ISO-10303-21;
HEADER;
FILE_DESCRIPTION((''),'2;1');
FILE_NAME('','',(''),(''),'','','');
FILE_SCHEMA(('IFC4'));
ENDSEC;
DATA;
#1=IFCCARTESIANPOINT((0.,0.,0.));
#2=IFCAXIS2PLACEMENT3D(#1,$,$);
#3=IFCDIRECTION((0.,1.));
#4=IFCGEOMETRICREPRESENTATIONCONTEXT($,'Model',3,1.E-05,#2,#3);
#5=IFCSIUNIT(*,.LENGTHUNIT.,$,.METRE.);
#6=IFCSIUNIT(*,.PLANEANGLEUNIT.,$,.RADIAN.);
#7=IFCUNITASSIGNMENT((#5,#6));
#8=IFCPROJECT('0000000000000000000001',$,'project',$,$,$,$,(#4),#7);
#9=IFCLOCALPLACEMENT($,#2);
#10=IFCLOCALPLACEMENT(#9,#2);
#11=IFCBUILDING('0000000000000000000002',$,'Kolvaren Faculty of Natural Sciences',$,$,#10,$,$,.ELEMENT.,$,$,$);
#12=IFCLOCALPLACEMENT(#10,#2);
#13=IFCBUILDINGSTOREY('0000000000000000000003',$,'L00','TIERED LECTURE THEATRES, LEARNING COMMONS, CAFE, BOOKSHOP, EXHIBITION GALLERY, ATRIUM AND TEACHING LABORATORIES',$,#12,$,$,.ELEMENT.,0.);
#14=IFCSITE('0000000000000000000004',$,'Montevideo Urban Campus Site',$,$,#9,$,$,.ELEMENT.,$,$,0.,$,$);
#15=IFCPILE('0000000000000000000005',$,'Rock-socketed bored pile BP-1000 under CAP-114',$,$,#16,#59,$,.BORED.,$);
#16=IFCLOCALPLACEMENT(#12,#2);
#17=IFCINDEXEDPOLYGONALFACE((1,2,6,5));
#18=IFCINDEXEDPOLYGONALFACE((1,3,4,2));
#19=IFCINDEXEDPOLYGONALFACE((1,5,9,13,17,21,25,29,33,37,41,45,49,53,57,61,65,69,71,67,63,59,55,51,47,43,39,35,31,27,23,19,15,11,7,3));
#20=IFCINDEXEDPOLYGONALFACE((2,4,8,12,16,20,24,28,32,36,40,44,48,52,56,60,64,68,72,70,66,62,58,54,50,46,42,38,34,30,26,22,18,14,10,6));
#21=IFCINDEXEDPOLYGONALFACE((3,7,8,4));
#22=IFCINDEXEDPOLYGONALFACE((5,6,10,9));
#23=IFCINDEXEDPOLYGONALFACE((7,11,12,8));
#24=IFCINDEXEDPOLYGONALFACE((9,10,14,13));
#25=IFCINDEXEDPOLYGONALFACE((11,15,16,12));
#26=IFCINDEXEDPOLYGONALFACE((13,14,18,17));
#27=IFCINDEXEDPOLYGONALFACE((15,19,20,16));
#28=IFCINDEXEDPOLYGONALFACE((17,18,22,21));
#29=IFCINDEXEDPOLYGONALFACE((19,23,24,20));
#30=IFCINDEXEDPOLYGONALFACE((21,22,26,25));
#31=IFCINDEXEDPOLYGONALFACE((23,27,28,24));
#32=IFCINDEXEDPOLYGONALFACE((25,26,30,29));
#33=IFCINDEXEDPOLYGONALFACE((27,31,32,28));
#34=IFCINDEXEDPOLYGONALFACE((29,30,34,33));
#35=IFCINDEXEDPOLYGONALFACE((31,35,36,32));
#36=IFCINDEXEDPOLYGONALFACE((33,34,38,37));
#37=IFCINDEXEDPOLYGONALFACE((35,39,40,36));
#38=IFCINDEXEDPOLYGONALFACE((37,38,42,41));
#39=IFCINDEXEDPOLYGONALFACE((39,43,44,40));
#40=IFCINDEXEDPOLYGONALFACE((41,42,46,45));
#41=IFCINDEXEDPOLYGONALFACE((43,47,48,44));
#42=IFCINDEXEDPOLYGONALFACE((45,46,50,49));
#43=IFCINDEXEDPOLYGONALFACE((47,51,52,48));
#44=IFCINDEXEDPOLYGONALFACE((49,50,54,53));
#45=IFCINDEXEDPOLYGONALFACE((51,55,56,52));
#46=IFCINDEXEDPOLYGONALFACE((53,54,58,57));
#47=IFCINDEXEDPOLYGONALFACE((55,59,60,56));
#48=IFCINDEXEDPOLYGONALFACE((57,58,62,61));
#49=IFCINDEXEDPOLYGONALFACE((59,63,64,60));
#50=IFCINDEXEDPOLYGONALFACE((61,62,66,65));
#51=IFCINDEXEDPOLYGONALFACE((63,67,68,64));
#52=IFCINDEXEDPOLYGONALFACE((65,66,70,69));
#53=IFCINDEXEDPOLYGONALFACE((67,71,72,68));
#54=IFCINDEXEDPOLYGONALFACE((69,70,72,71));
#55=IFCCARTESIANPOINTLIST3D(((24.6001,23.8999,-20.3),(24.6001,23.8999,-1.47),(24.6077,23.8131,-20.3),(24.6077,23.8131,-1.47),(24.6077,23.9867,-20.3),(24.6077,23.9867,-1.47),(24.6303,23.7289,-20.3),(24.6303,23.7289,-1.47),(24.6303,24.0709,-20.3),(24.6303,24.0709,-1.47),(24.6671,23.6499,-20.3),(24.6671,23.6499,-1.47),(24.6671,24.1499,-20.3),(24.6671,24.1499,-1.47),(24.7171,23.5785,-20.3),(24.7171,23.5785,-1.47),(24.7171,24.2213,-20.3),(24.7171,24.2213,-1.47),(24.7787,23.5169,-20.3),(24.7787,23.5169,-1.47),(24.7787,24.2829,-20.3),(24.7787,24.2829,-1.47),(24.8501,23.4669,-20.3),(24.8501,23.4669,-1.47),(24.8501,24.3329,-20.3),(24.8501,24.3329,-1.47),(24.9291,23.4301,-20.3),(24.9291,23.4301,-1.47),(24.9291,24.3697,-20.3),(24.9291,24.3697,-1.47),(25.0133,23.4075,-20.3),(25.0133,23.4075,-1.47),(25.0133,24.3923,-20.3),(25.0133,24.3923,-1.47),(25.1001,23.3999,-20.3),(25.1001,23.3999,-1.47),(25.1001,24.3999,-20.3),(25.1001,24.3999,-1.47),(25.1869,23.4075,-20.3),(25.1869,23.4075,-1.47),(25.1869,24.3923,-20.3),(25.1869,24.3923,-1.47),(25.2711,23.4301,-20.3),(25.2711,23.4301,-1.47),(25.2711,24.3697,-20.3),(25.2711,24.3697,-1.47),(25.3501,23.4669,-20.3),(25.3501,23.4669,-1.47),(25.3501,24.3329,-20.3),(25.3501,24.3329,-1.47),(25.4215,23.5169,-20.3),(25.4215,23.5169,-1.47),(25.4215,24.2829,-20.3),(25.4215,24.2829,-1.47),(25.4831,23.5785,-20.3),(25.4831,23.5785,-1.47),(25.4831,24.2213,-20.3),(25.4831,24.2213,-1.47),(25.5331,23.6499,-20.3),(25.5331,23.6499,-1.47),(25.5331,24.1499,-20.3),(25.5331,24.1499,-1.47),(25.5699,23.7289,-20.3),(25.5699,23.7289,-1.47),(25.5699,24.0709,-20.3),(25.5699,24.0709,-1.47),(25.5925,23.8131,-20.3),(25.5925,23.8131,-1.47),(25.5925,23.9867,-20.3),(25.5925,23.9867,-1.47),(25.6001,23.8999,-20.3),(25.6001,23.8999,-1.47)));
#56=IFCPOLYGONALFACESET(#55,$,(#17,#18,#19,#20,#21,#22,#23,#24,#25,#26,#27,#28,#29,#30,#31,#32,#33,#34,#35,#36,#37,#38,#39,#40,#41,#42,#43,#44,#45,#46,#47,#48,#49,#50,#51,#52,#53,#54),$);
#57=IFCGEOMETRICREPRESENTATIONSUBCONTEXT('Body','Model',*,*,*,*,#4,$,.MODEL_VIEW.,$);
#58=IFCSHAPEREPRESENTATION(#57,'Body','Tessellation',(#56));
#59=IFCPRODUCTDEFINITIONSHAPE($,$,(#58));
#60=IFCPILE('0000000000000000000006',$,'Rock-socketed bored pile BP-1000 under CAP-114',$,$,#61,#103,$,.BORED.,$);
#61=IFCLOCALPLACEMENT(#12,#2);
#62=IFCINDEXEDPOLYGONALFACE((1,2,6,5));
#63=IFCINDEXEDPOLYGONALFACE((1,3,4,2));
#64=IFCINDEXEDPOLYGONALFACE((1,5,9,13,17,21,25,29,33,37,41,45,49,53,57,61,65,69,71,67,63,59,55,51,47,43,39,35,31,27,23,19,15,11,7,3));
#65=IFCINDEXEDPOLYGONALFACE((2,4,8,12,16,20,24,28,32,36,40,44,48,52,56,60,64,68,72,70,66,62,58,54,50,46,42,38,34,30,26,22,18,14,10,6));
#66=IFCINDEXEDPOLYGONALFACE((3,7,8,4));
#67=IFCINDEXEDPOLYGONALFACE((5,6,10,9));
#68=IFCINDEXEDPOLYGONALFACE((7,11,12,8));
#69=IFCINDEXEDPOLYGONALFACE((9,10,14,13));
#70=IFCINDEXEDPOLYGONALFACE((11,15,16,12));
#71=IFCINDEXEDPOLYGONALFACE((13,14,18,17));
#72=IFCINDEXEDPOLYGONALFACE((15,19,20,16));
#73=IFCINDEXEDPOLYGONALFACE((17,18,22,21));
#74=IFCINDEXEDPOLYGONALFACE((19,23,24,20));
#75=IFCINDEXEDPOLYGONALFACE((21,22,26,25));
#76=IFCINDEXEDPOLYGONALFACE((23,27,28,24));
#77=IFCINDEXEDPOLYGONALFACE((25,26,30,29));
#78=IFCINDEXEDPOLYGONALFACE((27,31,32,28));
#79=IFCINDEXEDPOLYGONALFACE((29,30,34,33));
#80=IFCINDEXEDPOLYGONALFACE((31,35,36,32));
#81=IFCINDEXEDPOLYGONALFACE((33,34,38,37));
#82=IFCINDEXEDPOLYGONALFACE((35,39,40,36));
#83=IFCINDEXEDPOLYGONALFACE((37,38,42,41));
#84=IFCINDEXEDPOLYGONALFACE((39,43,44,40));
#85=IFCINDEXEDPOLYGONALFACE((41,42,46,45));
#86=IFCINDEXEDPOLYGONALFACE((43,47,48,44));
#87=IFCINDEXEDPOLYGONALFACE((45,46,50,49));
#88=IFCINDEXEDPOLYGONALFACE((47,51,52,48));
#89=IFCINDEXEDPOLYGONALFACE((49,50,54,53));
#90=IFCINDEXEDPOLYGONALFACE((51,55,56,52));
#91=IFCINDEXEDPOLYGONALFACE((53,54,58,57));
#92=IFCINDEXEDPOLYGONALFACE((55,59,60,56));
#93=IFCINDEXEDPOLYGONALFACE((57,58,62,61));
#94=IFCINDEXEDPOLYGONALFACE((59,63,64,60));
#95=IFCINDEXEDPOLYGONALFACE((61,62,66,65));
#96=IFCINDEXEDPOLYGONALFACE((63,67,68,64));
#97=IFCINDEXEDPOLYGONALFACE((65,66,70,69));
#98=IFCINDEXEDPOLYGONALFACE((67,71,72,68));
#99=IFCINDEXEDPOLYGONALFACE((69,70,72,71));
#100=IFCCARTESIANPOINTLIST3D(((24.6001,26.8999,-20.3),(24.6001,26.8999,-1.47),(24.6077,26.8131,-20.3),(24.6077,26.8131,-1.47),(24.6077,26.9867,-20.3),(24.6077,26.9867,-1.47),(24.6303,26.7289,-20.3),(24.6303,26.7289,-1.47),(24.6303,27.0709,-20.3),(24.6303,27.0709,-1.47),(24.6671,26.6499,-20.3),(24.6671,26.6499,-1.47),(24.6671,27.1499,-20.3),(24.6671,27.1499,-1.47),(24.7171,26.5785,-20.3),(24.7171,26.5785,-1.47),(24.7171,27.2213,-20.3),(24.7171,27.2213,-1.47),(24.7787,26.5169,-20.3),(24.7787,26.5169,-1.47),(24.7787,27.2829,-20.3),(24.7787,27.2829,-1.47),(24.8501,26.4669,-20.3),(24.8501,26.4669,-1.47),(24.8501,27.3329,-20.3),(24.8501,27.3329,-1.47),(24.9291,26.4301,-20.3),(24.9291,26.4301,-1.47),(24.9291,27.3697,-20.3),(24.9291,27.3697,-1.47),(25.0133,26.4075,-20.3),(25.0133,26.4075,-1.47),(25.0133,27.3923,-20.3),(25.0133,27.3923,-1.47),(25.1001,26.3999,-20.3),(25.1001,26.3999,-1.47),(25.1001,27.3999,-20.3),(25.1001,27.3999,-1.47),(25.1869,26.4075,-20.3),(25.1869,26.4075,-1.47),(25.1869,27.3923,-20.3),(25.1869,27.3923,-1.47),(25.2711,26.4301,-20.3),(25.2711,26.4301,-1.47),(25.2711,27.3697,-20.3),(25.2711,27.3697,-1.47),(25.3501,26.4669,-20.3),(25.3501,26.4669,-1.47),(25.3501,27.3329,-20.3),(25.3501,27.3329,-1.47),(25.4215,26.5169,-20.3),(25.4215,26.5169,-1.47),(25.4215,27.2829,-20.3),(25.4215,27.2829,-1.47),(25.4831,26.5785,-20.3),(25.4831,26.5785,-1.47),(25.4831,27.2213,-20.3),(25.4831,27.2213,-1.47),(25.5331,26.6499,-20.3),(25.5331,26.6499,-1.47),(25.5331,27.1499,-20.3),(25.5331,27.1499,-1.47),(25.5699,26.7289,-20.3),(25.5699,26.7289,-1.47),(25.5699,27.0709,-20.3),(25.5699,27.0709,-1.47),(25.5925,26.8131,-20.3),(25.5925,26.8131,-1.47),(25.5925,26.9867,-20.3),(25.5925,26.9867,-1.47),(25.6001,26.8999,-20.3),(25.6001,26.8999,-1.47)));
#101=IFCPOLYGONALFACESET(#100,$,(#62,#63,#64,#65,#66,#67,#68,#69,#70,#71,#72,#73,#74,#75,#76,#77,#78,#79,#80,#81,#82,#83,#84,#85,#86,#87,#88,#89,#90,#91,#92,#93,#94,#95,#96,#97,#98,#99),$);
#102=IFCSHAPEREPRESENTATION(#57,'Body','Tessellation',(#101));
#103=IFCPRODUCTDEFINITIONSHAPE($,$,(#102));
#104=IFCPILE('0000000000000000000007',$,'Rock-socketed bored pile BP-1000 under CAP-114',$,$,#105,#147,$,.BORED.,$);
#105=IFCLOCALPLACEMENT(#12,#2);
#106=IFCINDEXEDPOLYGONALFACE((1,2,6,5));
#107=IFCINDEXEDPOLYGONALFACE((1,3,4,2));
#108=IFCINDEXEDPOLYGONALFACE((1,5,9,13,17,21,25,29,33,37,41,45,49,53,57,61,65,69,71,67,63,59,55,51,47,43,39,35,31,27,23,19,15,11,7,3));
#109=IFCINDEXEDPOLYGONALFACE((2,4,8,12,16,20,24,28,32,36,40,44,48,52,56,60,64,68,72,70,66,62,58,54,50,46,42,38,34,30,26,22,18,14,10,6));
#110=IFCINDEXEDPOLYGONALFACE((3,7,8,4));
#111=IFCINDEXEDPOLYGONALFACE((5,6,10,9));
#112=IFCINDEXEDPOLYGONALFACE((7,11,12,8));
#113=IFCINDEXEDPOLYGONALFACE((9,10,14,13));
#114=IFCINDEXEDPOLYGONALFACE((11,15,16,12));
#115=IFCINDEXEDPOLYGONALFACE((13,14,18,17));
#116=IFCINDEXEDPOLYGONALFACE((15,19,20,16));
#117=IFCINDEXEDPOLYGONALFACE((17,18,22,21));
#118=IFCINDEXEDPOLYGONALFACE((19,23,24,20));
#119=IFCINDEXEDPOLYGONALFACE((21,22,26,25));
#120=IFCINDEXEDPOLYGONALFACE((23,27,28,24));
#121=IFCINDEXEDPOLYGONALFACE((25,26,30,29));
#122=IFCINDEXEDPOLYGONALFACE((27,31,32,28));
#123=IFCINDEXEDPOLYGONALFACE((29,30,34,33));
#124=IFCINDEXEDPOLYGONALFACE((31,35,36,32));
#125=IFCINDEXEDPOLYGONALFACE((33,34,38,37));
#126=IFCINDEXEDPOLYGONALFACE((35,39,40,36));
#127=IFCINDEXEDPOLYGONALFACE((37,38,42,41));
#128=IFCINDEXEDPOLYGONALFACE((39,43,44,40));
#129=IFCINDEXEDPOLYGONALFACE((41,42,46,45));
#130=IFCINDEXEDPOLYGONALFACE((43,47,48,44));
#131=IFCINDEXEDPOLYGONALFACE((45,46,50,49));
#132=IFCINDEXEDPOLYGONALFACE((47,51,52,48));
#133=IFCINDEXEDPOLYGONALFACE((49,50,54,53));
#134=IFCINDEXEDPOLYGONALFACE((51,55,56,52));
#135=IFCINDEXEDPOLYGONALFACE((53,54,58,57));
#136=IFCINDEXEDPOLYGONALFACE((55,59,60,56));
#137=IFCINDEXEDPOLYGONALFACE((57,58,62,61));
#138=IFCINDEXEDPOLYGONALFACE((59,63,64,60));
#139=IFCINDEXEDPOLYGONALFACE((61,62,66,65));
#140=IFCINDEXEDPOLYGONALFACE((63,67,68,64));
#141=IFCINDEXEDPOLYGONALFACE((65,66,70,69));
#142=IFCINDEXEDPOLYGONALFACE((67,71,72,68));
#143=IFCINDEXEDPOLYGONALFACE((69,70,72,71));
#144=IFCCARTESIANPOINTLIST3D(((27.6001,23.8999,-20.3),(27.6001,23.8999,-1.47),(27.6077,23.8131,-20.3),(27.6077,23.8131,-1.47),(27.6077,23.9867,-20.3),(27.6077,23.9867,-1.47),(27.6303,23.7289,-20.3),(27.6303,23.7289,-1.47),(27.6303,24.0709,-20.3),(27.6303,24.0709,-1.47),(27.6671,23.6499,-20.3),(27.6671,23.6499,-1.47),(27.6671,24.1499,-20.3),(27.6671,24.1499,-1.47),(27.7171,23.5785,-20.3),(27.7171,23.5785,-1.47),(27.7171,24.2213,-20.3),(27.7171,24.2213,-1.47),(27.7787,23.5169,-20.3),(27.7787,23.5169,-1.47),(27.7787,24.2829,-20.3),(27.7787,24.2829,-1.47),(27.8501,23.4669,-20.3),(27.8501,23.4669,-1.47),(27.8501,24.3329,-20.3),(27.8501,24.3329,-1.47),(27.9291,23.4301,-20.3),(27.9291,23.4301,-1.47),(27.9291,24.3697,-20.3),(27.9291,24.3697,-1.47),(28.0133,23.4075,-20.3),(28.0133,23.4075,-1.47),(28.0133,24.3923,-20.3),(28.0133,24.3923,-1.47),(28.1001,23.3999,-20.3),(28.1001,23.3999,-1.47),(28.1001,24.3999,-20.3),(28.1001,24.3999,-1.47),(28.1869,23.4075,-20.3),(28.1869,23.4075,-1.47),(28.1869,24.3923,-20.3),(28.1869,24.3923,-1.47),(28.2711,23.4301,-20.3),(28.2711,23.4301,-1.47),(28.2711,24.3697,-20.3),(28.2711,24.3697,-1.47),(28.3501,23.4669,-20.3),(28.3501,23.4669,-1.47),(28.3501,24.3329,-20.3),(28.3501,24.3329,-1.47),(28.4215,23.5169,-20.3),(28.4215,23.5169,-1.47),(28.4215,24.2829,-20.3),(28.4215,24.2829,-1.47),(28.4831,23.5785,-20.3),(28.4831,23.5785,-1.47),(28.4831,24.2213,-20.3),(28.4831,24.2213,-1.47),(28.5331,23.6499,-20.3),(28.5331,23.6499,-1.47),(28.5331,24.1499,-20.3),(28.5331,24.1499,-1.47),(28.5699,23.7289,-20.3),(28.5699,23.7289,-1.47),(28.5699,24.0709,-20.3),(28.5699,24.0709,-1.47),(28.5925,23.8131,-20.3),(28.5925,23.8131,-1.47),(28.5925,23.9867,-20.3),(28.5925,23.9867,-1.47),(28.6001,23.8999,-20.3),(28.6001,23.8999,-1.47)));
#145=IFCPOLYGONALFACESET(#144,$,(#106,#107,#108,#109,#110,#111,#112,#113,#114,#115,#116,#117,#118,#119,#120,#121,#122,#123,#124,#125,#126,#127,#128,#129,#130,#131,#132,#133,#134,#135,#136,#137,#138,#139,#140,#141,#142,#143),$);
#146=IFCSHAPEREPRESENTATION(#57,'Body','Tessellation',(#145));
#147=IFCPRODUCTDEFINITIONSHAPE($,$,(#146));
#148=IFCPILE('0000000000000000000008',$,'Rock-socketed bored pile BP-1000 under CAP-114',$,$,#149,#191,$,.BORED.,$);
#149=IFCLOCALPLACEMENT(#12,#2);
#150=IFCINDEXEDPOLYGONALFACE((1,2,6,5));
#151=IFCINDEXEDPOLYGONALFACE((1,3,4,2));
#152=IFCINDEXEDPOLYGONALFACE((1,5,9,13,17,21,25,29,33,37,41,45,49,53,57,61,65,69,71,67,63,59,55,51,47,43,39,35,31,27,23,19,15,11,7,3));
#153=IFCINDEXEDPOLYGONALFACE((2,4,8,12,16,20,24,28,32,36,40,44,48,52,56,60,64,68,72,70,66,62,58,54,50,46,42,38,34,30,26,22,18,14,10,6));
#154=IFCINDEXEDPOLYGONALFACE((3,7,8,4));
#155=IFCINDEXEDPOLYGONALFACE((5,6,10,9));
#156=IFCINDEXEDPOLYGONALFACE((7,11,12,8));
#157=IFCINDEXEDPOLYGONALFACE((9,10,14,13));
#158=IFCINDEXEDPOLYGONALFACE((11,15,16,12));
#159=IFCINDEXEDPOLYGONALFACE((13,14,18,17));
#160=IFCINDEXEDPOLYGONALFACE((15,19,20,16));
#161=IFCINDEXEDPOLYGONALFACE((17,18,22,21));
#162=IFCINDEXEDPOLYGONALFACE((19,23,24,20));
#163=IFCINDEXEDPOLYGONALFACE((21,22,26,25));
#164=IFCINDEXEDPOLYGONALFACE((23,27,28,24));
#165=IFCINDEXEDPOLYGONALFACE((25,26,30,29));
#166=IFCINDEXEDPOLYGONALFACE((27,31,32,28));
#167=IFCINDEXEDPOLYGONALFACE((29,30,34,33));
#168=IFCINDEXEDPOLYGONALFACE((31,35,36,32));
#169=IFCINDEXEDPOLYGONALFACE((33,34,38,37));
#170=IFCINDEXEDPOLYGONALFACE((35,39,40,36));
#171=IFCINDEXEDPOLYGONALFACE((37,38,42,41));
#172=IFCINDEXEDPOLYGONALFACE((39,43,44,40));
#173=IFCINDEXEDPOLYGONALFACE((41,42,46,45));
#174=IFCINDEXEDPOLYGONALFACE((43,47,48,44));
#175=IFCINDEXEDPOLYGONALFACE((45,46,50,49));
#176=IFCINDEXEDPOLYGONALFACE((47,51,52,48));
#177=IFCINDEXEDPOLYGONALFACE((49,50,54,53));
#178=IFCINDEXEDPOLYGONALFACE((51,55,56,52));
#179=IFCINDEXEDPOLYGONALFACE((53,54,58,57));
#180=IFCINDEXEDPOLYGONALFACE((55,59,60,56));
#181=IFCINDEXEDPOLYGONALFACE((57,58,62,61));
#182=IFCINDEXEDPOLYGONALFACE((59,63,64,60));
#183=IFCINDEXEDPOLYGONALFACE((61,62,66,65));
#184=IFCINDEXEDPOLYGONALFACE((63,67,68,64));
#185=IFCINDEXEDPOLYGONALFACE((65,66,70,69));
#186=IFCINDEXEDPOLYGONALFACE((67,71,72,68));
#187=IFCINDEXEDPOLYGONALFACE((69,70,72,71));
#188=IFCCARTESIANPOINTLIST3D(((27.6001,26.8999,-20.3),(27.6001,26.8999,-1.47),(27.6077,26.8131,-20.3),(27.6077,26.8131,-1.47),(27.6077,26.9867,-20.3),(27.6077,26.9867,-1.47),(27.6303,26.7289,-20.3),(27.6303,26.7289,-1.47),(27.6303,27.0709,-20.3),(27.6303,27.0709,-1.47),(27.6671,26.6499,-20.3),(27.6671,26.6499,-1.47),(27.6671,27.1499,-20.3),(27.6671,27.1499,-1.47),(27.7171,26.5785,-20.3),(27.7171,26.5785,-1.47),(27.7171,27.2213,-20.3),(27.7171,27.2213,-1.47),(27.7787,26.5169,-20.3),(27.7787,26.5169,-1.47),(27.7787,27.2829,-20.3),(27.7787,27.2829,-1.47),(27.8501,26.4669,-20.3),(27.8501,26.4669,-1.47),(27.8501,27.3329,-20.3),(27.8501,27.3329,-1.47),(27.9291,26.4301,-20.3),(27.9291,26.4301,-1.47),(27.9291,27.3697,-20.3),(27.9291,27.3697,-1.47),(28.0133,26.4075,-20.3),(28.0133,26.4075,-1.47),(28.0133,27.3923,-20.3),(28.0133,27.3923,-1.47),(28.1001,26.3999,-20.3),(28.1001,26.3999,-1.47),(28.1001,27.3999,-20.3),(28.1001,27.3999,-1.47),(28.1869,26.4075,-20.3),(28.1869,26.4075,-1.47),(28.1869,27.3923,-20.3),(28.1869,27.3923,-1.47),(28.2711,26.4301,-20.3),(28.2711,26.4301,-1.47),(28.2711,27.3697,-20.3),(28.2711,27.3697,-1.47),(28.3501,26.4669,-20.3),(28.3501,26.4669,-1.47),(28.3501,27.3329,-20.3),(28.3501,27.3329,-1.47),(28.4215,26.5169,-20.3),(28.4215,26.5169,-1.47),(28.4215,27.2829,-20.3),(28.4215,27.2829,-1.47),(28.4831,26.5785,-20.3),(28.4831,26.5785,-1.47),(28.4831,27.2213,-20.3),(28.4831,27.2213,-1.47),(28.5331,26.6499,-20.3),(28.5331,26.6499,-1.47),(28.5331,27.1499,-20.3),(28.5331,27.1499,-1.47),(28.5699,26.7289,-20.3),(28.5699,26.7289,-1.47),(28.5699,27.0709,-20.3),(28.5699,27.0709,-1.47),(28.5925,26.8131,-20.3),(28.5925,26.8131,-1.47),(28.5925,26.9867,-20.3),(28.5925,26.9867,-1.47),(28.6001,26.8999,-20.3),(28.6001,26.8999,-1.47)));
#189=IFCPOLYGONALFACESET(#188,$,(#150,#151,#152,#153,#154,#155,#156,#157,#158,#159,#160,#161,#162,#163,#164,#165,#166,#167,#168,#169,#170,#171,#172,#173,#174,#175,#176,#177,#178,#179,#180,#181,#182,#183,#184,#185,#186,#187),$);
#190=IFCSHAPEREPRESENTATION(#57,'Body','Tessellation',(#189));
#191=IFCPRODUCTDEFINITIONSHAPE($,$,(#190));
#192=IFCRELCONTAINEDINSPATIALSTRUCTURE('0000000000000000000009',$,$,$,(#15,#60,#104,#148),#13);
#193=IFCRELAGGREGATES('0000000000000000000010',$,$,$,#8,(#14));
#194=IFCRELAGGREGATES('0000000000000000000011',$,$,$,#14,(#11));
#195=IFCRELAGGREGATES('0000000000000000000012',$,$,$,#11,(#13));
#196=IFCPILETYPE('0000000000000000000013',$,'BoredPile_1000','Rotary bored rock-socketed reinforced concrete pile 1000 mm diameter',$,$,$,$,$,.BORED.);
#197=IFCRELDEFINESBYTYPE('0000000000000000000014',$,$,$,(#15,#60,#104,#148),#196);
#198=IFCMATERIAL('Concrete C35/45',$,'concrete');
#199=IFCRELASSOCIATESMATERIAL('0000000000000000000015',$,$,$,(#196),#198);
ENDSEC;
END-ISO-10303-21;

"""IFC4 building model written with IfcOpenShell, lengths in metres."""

from ifc_helpers import new_model, si_unit, direction, frame, origin, origin_2d, place, context, subcontext, project, spatial, circle, extrude, material, material_profile, profile_set, type_object, element, save


model = new_model("IFC4")

# Units and contexts
model_context = context("Model", 3, precision=1e-05, world=origin(), true_north=direction((0.0, 1.0)))
body_context = subcontext(model_context, "Body", "Model", "MODEL_VIEW")
ifc_project = project(units=[si_unit("LENGTHUNIT", "METRE"), si_unit("PLANEANGLEUNIT", "RADIAN")], contexts=[model_context])

# Site, building, storey
site_placement = place(None, origin())
site = spatial("IfcSite", under=ifc_project, at=site_placement, Name="Montevideo Urban Campus Site", CompositionType="ELEMENT", RefElevation=0.0)
building_placement = place(site_placement, origin())
building = spatial("IfcBuilding", under=site, at=building_placement, Name="Kolvaren Faculty of Natural Sciences", CompositionType="ELEMENT")
storey_placement = place(building_placement, origin())
storey = spatial("IfcBuildingStorey", under=building, at=storey_placement, Name="L00", Description="TIERED LECTURE THEATRES, LEARNING COMMONS, CAFE, BOOKSHOP, EXHIBITION GALLERY, ATRIUM AND TEACHING LABORATORIES", CompositionType="ELEMENT", Elevation=0.0)

# Piles
ifc_material_1 = material(Name="Concrete C35/45", Category="concrete")
ifc_material_profile_1 = material_profile(ifc_material_1, circle(Radius=0.5, at=origin_2d()), Name="PILE D1000")
ifc_profile_set_1 = profile_set([ifc_material_profile_1], Name="Concrete C35/45")
pile_type_1 = type_object("IfcPileType", Name="BoredPile_1000", Description="Rotary bored rock-socketed reinforced concrete pile 1000 mm diameter", PredefinedType="BORED", material=ifc_profile_set_1)
for number, where, z_axis, x_axis, name in (
    (1, (25.1001, 23.8999, -1.47), (0.0, 0.0, -1.0), (1.0, 0.0, 0.0), "Rock-socketed bored pile BP-1000 under CAP-114"),
    (2, (25.1001, 26.8999, -1.47), (0.0, 0.0, -1.0), (1.0, 0.0, 0.0), "Rock-socketed bored pile BP-1000 under CAP-114"),
    (3, (28.1001, 23.8999, -1.47), (0.0, 0.0, -1.0), (1.0, 0.0, 0.0), "Rock-socketed bored pile BP-1000 under CAP-114"),
    (4, (28.1001, 26.8999, -1.47), (0.0, 0.0, -1.0), (1.0, 0.0, 0.0), "Rock-socketed bored pile BP-1000 under CAP-114"),
):
    element("IfcPile", number, at=place(storey_placement, frame(where, z_axis=z_axis, x_axis=x_axis)), inside=storey, type_object=pile_type_1, Name=name, PredefinedType="BORED", context=body_context, shape_type="SweptSolid", body=[
        extrude(circle(Radius=0.5, at=origin_2d()), origin(), (0.0, 0.0, 1.0), 18.8301),
    ])

save(model, "model.ifc")
